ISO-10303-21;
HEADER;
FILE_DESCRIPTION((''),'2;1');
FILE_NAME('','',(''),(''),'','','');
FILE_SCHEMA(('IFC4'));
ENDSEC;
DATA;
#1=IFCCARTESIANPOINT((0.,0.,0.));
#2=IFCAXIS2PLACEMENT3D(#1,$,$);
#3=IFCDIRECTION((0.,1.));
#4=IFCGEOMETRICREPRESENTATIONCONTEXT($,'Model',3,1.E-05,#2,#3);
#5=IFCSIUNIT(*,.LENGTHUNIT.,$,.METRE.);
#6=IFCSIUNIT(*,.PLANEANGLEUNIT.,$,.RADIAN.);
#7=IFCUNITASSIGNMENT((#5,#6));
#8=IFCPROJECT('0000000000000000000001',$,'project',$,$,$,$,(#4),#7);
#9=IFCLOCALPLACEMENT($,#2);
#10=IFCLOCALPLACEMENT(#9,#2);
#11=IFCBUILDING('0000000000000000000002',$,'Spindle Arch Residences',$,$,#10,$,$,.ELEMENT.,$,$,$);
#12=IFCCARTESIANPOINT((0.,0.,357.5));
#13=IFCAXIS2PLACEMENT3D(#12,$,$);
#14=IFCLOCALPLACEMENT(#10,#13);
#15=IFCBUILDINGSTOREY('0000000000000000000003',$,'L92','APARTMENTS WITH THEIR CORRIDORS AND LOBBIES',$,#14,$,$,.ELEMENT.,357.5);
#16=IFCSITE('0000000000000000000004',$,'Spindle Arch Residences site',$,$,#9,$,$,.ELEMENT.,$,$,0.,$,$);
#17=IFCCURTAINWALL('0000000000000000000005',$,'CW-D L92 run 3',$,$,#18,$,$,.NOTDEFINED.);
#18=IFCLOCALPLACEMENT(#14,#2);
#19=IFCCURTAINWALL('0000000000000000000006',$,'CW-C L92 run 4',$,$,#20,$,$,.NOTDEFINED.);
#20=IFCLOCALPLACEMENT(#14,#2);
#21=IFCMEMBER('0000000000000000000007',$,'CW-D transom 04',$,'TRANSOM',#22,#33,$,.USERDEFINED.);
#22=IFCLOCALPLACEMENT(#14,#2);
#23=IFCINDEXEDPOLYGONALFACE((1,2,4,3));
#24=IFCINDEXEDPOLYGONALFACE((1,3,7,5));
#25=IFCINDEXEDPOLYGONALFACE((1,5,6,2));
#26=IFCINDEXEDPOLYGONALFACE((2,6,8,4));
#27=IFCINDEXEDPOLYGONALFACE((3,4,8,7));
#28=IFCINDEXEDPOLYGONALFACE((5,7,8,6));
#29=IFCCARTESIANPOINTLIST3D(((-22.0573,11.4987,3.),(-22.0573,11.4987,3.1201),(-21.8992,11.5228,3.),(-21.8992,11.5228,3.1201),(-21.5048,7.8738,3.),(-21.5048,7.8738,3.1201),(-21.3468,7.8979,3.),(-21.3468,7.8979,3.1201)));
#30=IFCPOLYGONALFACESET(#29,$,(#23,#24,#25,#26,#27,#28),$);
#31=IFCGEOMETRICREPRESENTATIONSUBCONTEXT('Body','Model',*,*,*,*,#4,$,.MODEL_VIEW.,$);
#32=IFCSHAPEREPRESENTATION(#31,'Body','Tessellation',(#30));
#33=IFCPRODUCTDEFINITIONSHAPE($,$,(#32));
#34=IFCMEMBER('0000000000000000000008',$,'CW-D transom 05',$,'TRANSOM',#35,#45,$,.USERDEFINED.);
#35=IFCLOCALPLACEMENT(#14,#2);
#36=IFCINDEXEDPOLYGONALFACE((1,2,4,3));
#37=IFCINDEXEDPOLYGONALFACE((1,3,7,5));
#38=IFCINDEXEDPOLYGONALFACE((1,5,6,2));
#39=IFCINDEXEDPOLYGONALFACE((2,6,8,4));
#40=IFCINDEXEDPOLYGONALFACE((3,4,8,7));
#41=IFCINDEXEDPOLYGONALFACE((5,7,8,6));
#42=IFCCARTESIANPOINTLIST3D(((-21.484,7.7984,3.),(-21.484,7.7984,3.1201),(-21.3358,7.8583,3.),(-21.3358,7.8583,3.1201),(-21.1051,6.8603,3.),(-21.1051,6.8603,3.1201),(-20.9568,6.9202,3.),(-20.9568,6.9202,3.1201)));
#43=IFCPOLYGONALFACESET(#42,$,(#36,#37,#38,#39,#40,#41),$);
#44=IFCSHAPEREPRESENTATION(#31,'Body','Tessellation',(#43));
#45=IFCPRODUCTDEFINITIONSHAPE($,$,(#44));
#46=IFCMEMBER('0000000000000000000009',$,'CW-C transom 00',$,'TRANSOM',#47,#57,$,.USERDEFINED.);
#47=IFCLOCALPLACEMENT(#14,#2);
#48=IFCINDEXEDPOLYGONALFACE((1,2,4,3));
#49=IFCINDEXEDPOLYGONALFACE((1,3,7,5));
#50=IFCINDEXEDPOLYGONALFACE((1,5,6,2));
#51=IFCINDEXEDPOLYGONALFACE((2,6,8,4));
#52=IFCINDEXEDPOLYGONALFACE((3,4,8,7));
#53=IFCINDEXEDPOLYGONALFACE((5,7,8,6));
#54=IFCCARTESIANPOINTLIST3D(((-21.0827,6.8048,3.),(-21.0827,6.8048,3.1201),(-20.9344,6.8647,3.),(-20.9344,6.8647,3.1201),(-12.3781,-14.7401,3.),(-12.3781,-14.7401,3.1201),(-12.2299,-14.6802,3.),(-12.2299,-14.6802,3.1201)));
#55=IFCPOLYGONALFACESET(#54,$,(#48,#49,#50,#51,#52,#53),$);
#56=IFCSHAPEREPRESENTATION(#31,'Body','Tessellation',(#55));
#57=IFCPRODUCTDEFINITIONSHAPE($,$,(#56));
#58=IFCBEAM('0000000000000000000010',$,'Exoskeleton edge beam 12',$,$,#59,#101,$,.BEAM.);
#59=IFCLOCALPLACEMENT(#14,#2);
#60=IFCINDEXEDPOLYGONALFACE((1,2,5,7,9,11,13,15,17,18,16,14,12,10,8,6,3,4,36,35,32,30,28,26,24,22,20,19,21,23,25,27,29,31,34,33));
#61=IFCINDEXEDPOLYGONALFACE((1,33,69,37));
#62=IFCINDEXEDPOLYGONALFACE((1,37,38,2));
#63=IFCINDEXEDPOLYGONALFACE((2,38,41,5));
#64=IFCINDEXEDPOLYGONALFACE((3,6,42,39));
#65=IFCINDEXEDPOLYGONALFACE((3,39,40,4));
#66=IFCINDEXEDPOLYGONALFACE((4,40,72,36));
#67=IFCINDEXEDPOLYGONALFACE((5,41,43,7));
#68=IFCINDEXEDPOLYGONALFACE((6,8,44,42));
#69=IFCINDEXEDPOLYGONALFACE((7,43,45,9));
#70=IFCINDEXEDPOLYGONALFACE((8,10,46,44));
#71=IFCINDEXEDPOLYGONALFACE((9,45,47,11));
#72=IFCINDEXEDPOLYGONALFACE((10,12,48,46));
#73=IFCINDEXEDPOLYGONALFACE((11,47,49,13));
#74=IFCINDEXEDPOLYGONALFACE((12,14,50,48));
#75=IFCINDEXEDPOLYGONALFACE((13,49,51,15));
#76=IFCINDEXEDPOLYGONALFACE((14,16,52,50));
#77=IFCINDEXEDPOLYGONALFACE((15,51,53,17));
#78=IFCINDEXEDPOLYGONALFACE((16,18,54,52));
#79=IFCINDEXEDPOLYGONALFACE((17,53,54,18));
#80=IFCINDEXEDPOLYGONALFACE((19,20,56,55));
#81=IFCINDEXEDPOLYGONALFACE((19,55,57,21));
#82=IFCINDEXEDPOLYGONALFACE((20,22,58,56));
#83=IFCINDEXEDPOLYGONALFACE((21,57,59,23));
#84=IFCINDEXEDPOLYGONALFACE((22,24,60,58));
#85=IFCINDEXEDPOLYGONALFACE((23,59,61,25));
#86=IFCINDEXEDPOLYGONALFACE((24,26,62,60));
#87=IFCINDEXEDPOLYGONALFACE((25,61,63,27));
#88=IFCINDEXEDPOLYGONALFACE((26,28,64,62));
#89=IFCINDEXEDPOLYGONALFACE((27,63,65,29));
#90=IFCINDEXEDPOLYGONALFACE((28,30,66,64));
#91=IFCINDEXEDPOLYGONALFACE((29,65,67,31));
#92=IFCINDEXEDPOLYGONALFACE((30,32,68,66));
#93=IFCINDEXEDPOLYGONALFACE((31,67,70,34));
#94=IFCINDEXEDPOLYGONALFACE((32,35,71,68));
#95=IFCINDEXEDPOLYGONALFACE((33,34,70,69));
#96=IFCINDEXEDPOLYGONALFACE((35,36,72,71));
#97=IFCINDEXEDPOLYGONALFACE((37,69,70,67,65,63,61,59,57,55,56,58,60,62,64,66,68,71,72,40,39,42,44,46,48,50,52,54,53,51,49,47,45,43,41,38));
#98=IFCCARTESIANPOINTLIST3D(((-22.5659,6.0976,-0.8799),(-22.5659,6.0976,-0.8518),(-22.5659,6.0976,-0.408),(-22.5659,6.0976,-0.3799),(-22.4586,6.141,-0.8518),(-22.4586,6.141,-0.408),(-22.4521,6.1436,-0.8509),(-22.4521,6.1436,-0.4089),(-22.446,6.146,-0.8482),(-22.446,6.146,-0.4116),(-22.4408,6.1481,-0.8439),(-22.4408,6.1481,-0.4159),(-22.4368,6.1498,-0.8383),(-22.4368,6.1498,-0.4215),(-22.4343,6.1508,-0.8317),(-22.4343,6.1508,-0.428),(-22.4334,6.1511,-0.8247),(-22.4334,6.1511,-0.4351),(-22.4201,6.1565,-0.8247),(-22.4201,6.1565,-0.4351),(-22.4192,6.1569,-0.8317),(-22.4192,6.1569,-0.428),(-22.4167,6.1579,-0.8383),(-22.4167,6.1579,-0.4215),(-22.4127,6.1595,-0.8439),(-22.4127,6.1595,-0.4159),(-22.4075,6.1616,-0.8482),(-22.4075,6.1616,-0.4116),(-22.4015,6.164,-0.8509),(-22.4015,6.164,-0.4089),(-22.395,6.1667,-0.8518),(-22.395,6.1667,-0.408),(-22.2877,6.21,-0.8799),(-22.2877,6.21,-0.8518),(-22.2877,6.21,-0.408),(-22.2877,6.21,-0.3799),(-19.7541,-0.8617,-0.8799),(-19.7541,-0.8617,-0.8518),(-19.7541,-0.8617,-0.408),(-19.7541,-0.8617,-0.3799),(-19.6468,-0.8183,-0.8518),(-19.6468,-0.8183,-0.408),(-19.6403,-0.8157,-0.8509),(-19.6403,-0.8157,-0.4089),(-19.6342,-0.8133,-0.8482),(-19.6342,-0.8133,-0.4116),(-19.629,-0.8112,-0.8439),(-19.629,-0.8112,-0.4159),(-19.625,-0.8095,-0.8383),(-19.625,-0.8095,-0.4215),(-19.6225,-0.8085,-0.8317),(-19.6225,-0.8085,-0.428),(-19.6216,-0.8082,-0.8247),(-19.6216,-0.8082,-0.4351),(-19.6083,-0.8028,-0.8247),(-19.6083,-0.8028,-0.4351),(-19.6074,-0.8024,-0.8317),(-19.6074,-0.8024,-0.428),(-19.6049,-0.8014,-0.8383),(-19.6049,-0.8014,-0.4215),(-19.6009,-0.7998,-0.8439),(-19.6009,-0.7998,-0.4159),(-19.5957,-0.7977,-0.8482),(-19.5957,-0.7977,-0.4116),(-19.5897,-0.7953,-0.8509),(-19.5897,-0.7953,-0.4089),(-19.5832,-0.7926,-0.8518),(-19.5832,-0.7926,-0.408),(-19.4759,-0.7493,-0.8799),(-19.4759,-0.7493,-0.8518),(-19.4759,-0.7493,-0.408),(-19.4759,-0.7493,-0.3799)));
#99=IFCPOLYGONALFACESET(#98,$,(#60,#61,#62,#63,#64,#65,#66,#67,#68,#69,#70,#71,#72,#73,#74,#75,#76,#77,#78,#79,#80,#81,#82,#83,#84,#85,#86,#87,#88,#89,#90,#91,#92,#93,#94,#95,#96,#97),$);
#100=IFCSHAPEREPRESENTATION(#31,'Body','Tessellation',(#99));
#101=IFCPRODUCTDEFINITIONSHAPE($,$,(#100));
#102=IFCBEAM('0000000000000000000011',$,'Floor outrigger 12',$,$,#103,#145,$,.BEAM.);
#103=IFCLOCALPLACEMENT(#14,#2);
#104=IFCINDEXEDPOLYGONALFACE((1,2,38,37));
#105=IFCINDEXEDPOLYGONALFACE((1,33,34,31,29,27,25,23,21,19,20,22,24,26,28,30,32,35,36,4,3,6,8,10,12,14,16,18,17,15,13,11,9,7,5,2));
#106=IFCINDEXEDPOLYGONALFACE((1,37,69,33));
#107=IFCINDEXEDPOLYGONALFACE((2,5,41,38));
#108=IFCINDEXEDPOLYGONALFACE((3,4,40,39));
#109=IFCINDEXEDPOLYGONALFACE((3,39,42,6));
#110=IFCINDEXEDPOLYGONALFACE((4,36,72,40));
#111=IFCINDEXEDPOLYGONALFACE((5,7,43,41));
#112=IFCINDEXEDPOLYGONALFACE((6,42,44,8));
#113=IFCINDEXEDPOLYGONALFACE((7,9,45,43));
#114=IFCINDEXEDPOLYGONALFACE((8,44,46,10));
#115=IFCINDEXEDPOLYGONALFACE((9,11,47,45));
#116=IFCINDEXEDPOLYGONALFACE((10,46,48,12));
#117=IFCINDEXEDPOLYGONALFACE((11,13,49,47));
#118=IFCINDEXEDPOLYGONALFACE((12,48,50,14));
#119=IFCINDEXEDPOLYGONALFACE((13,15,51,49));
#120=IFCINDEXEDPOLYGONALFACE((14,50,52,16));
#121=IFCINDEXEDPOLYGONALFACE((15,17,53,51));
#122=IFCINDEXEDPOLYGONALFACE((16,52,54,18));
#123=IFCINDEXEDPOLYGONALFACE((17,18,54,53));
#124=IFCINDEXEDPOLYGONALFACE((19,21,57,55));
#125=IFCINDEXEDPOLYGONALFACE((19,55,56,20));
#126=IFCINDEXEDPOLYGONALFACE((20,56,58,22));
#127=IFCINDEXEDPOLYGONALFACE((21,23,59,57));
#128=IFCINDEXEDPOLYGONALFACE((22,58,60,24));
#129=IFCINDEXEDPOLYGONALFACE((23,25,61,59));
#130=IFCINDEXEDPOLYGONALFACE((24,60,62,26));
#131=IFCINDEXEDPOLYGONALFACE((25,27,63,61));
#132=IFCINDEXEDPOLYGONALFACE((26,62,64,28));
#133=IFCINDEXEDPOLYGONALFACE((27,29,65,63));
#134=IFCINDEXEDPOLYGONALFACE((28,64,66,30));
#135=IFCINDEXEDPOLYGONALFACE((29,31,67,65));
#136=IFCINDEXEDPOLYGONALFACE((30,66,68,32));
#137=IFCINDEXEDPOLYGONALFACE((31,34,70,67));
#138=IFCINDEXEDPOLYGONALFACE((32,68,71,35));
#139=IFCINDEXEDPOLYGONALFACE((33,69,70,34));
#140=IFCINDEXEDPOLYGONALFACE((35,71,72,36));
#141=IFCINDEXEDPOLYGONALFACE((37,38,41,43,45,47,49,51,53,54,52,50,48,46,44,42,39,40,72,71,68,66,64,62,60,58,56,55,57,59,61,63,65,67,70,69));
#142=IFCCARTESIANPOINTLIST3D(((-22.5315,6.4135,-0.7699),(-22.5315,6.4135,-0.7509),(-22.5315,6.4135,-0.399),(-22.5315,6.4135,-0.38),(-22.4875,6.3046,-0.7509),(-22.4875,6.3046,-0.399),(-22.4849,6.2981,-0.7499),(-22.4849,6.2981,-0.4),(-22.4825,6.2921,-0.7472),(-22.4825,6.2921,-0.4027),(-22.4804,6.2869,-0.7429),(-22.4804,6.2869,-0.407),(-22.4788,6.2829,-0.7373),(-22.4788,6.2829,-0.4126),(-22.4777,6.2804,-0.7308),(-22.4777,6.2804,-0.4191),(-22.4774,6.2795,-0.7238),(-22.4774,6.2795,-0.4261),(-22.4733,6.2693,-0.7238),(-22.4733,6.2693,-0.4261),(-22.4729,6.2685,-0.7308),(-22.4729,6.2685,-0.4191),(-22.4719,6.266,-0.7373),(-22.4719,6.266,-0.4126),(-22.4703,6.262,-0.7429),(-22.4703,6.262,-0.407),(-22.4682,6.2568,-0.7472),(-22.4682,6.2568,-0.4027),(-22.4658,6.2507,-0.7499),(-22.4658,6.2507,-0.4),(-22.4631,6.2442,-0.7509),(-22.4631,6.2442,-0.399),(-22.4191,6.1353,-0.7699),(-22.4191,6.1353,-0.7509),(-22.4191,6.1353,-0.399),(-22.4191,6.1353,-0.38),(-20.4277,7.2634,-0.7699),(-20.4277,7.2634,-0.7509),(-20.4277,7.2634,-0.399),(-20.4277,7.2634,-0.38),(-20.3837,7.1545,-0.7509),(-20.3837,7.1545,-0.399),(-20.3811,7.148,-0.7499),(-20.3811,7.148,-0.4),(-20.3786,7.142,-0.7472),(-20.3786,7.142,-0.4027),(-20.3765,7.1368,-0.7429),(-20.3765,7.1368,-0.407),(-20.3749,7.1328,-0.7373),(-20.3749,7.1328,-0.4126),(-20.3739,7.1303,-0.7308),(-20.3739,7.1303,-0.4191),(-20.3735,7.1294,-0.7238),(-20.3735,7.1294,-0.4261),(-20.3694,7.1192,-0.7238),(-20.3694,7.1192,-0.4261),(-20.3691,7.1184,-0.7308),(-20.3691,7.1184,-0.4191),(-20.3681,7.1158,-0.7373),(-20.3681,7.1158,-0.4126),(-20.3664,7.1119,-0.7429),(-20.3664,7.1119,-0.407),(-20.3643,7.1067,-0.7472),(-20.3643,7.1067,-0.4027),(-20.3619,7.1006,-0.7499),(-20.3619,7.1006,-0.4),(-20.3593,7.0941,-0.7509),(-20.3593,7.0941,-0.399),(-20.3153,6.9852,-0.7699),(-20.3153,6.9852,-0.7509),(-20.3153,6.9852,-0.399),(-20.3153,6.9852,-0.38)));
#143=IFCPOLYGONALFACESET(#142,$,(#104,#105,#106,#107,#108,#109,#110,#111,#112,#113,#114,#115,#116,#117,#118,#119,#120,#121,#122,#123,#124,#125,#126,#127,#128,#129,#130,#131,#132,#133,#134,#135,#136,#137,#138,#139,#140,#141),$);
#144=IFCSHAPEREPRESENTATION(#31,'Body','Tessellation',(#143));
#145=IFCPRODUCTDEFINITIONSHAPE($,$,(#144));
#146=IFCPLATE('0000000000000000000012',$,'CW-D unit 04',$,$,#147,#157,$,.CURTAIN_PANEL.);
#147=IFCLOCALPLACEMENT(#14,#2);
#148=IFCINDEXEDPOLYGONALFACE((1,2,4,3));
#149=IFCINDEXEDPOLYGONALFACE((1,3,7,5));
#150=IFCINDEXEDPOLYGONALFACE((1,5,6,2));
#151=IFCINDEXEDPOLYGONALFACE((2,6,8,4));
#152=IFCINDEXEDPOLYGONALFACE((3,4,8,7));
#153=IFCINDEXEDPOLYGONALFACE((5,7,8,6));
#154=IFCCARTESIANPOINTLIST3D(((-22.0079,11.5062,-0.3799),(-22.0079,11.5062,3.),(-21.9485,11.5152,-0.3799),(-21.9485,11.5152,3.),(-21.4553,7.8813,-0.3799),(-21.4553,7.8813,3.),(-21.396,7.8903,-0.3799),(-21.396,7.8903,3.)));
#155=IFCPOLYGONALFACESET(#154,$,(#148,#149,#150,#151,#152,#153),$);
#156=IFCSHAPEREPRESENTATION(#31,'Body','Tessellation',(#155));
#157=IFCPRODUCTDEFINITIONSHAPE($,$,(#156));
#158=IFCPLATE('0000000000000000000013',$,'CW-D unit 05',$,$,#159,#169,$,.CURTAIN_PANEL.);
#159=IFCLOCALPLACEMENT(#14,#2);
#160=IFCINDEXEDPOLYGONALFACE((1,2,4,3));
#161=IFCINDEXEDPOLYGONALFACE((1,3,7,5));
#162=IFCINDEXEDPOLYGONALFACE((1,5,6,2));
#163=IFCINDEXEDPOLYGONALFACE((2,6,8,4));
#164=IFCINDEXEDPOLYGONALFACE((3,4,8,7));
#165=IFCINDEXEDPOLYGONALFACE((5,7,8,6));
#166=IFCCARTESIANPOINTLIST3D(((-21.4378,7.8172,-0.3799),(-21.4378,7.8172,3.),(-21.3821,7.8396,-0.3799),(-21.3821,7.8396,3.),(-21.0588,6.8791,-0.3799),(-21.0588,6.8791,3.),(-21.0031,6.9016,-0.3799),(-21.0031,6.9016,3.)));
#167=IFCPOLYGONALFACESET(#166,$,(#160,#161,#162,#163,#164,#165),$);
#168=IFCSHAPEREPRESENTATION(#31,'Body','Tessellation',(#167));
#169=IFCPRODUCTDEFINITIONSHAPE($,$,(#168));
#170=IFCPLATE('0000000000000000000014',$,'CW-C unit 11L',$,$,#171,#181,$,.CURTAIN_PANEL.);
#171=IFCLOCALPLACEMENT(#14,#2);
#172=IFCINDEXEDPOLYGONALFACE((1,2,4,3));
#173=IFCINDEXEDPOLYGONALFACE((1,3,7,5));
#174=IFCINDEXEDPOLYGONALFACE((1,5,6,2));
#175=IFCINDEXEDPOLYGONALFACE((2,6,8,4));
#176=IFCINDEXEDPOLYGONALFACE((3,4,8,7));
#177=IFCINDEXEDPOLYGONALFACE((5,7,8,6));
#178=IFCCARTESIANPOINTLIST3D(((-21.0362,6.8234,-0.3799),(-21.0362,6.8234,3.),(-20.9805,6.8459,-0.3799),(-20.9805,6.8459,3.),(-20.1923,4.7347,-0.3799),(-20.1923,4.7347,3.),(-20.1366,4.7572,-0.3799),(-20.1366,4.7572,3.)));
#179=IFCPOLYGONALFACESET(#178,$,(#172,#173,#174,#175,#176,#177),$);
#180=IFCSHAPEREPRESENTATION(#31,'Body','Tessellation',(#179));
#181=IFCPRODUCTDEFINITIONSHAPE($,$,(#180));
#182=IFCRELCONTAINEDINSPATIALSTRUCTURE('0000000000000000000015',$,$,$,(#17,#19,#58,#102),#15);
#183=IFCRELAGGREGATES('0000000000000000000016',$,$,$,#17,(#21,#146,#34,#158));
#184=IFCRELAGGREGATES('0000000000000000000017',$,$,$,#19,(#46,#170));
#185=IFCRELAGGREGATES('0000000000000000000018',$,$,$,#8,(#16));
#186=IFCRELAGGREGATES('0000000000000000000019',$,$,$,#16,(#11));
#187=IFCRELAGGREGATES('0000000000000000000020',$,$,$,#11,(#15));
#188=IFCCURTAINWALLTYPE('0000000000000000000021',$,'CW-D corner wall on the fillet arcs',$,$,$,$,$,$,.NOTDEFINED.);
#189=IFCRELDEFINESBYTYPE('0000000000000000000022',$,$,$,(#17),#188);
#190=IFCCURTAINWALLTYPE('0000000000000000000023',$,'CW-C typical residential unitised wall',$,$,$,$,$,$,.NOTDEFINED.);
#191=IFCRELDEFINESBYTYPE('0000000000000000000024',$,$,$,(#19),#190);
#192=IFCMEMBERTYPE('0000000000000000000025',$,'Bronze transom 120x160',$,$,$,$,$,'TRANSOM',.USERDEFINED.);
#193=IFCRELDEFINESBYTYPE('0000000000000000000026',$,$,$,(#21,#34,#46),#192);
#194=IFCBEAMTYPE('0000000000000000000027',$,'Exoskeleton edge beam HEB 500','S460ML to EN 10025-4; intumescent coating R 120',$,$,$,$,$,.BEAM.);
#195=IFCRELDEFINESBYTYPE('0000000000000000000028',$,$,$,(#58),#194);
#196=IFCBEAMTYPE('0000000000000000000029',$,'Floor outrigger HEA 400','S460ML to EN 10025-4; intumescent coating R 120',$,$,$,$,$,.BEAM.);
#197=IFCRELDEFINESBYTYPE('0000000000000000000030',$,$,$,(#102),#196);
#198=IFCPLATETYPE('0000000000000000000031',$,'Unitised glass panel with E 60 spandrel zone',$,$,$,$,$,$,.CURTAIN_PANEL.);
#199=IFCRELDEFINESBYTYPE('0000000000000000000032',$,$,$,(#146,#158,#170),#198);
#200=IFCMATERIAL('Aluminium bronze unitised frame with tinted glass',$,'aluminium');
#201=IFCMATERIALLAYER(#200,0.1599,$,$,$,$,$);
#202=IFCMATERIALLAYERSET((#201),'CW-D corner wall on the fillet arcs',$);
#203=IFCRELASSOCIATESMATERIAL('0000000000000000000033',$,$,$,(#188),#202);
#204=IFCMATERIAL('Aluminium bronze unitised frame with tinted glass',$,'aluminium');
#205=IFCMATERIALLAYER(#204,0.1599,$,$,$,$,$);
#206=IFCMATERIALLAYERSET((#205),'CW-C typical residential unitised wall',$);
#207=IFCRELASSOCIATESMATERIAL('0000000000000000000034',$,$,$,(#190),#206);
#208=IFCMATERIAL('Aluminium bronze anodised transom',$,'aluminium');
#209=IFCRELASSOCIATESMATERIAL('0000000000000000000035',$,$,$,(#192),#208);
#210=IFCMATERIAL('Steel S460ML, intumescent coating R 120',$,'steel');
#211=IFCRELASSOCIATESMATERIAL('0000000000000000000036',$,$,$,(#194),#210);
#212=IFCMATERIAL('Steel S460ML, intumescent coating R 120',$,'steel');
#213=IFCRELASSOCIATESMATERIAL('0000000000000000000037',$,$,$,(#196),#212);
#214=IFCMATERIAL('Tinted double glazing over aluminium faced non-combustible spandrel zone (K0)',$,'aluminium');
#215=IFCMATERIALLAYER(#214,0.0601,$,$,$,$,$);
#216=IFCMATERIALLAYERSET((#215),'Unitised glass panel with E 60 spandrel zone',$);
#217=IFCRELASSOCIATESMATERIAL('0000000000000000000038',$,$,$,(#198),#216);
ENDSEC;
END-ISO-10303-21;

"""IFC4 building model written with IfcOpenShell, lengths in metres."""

from ifc_helpers import new_model, si_unit, direction, frame, origin, origin_2d, place, context, subcontext, project, spatial, rectangle, i_section, extrude, material, layer, layer_set, material_profile, profile_set, type_object, element, aggregate, save


model = new_model("IFC4")

# Units and contexts
model_context = context("Model", 3, precision=1e-05, world=origin(), true_north=direction((0.0, 1.0)))
body_context = subcontext(model_context, "Body", "Model", "MODEL_VIEW")
ifc_project = project(units=[si_unit("LENGTHUNIT", "METRE"), si_unit("PLANEANGLEUNIT", "RADIAN")], contexts=[model_context])

# Site, building, storey
site_placement = place(None, origin())
site = spatial("IfcSite", under=ifc_project, at=site_placement, Name="Spindle Arch Residences site", CompositionType="ELEMENT", RefElevation=0.0)
building_placement = place(site_placement, origin())
building = spatial("IfcBuilding", under=site, at=building_placement, Name="Spindle Arch Residences", CompositionType="ELEMENT")
storey_placement = place(building_placement, frame((0.0, 0.0, 357.5)))
storey = spatial("IfcBuildingStorey", under=building, at=storey_placement, Name="L92", Description="APARTMENTS WITH THEIR CORRIDORS AND LOBBIES", CompositionType="ELEMENT", Elevation=357.5)

# Curtain wall
ifc_material_1 = material(Name="Aluminium bronze unitised frame with tinted glass", Category="aluminium")
ifc_layer_1 = layer(ifc_material_1, 0.1599)
ifc_layer_set_1 = layer_set([ifc_layer_1], Name="CW-D corner wall on the fillet arcs")
curtain_wall_type_1 = type_object("IfcCurtainWallType", Name="CW-D corner wall on the fillet arcs", PredefinedType="NOTDEFINED", material=ifc_layer_set_1)
curtain_wall_1_placement = place(storey_placement, origin())
curtain_wall_1 = element("IfcCurtainWall", 1, at=curtain_wall_1_placement, inside=storey, type_object=curtain_wall_type_1, Name="CW-D L92 run 3", PredefinedType="NOTDEFINED")

# Curtain wall
ifc_material_2 = material(Name="Aluminium bronze unitised frame with tinted glass", Category="aluminium")
ifc_layer_2 = layer(ifc_material_2, 0.1599)
ifc_layer_set_2 = layer_set([ifc_layer_2], Name="CW-C typical residential unitised wall")
curtain_wall_type_2 = type_object("IfcCurtainWallType", Name="CW-C typical residential unitised wall", PredefinedType="NOTDEFINED", material=ifc_layer_set_2)
curtain_wall_2_placement = place(storey_placement, origin())
curtain_wall_2 = element("IfcCurtainWall", 2, at=curtain_wall_2_placement, inside=storey, type_object=curtain_wall_type_2, Name="CW-C L92 run 4", PredefinedType="NOTDEFINED")

# Members
ifc_material_3 = material(Name="Aluminium bronze anodised transom", Category="aluminium")
ifc_material_profile_1 = material_profile(ifc_material_3, rectangle(XDim=0.1599, YDim=0.1201, at=origin_2d()), Name="TR 120x160")
ifc_profile_set_1 = profile_set([ifc_material_profile_1], Name="Aluminium bronze anodised transom")
member_type_1 = type_object("IfcMemberType", Name="Bronze transom 120x160", ElementType="TRANSOM", PredefinedType="USERDEFINED", material=ifc_profile_set_1)
member_1_placement = place(storey_placement, frame((-21.9783, 11.5107, 3.0601), z_axis=(0.150671, -0.988584, 0.0), x_axis=(0.988584, 0.150671, 0.0)))
member_1 = element("IfcMember", 3, at=member_1_placement, type_object=member_type_1, Name="CW-D transom 04", ObjectType="TRANSOM", PredefinedType="USERDEFINED", context=body_context, shape_type="SweptSolid", body=[
    extrude(rectangle(XDim=0.1599, YDim=0.1201, at=origin_2d()), origin(), (0.0, 0.0, 1.0), 3.6667),
])
member_2_placement = place(storey_placement, frame((-21.4099, 7.8284, 3.0601), z_axis=(0.374551, -0.927206, 0.0), x_axis=(0.927206, 0.374551, 0.0)))
member_2 = element("IfcMember", 4, at=member_2_placement, type_object=member_type_1, Name="CW-D transom 05", ObjectType="TRANSOM", PredefinedType="USERDEFINED", context=body_context, shape_type="SweptSolid", body=[
    extrude(rectangle(XDim=0.1599, YDim=0.1201, at=origin_2d()), origin(), (0.0, 0.0, 1.0), 1.0117),
])
member_3_placement = place(storey_placement, frame((-21.0085, 6.8347, 3.0601), z_axis=(0.374602, -0.927186, 0.0), x_axis=(0.927186, 0.374602, 0.0)))
member_3 = element("IfcMember", 5, at=member_3_placement, type_object=member_type_1, Name="CW-C transom 00", ObjectType="TRANSOM", PredefinedType="USERDEFINED", context=body_context, shape_type="SweptSolid", body=[
    extrude(rectangle(XDim=0.1599, YDim=0.1201, at=origin_2d()), origin(), (0.0, 0.0, 1.0), 23.2368),
])

# Beams
ifc_material_4 = material(Name="Steel S460ML, intumescent coating R 120", Category="steel")
ifc_material_profile_2 = material_profile(ifc_material_4, i_section(OverallWidth=0.3, OverallDepth=0.5, WebThickness=0.0144, FlangeThickness=0.0281, FilletRadius=0.0271, at=origin_2d()), Name="HEB 500")
ifc_profile_set_2 = profile_set([ifc_material_profile_2], Name="Steel S460ML, intumescent coating R 120")
beam_type_1 = type_object("IfcBeamType", Name="Exoskeleton edge beam HEB 500", Description="S460ML to EN 10025-4; intumescent coating R 120", PredefinedType="BEAM", material=ifc_profile_set_2)
beam_1_placement = place(storey_placement, frame((-22.4268, 6.1538, -0.6299), z_axis=(0.374613, -0.927181, 0.0), x_axis=(0.927181, 0.374613, 0.0)))
element("IfcBeam", 6, at=beam_1_placement, inside=storey, type_object=beam_type_1, Name="Exoskeleton edge beam 12", PredefinedType="BEAM", context=body_context, shape_type="SweptSolid", body=[
    extrude(i_section(OverallWidth=0.3, OverallDepth=0.5, WebThickness=0.0144, FlangeThickness=0.0281, FilletRadius=0.0271, at=origin_2d()), origin(), (0.0, 0.0, 1.0), 7.5059),
])
ifc_material_5 = material(Name="Steel S460ML, intumescent coating R 120", Category="steel")
ifc_material_profile_3 = material_profile(ifc_material_5, i_section(OverallWidth=0.3, OverallDepth=0.3899, WebThickness=0.011, FlangeThickness=0.019, FilletRadius=0.0271, at=origin_2d()), Name="HEA 400")
ifc_profile_set_3 = profile_set([ifc_material_profile_3], Name="Steel S460ML, intumescent coating R 120")
beam_type_2 = type_object("IfcBeamType", Name="Floor outrigger HEA 400", Description="S460ML to EN 10025-4; intumescent coating R 120", PredefinedType="BEAM", material=ifc_profile_set_3)
beam_2_placement = place(storey_placement, frame((-22.4753, 6.2744, -0.575), z_axis=(0.927202, 0.374561, 0.0), x_axis=(-0.374561, 0.927202, 0.0)))
element("IfcBeam", 7, at=beam_2_placement, inside=storey, type_object=beam_type_2, Name="Floor outrigger 12", PredefinedType="BEAM", context=body_context, shape_type="SweptSolid", body=[
    extrude(i_section(OverallWidth=0.3, OverallDepth=0.3899, WebThickness=0.011, FlangeThickness=0.019, FilletRadius=0.0271, at=origin_2d()), origin(), (0.0, 0.0, 1.0), 2.269),
])

# Plates
ifc_material_6 = material(Name="Tinted double glazing over aluminium faced non-combustible spandrel zone (K0)", Category="aluminium")
ifc_layer_3 = layer(ifc_material_6, 0.0601)
ifc_layer_set_3 = layer_set([ifc_layer_3], Name="Unitised glass panel with E 60 spandrel zone")
plate_type = type_object("IfcPlateType", Name="Unitised glass panel with E 60 spandrel zone", PredefinedType="CURTAIN_PANEL", material=ifc_layer_set_3)
plate_1_placement = place(storey_placement, frame((-21.7019, 9.6982, -0.3799), z_axis=(0.0, 0.0, 1.0), x_axis=(0.150686, -0.988582, 0.0)))
plate_1 = element("IfcPlate", 8, at=plate_1_placement, type_object=plate_type, Name="CW-D unit 04", PredefinedType="CURTAIN_PANEL", context=body_context, shape_type="SweptSolid", body=[
    extrude(rectangle(XDim=3.6667, YDim=0.0601, at=origin_2d()), origin(), (0.0, 0.0, 1.0), 3.3799),
])
plate_2_placement = place(storey_placement, frame((-21.2205, 7.3594, -0.3799), z_axis=(0.0, 0.0, 1.0), x_axis=(0.374607, -0.927184, 0.0)))
plate_2 = element("IfcPlate", 9, at=plate_2_placement, type_object=plate_type, Name="CW-D unit 05", PredefinedType="CURTAIN_PANEL", context=body_context, shape_type="SweptSolid", body=[
    extrude(rectangle(XDim=1.0117, YDim=0.0601, at=origin_2d()), origin(), (0.0, 0.0, 1.0), 3.3799),
])
aggregate(curtain_wall_1, [member_1, plate_1, member_2, plate_2])
plate_3_placement = place(storey_placement, frame((-20.5864, 5.7903, -0.3799), z_axis=(0.0, 0.0, 1.0), x_axis=(0.374607, -0.927184, 0.0)))
plate_3 = element("IfcPlate", 10, at=plate_3_placement, type_object=plate_type, Name="CW-C unit 11L", PredefinedType="CURTAIN_PANEL", context=body_context, shape_type="SweptSolid", body=[
    extrude(rectangle(XDim=2.2527, YDim=0.0601, at=origin_2d()), origin(), (0.0, 0.0, 1.0), 3.3799),
])
aggregate(curtain_wall_2, [member_3, plate_3])

save(model, "model.ifc")
